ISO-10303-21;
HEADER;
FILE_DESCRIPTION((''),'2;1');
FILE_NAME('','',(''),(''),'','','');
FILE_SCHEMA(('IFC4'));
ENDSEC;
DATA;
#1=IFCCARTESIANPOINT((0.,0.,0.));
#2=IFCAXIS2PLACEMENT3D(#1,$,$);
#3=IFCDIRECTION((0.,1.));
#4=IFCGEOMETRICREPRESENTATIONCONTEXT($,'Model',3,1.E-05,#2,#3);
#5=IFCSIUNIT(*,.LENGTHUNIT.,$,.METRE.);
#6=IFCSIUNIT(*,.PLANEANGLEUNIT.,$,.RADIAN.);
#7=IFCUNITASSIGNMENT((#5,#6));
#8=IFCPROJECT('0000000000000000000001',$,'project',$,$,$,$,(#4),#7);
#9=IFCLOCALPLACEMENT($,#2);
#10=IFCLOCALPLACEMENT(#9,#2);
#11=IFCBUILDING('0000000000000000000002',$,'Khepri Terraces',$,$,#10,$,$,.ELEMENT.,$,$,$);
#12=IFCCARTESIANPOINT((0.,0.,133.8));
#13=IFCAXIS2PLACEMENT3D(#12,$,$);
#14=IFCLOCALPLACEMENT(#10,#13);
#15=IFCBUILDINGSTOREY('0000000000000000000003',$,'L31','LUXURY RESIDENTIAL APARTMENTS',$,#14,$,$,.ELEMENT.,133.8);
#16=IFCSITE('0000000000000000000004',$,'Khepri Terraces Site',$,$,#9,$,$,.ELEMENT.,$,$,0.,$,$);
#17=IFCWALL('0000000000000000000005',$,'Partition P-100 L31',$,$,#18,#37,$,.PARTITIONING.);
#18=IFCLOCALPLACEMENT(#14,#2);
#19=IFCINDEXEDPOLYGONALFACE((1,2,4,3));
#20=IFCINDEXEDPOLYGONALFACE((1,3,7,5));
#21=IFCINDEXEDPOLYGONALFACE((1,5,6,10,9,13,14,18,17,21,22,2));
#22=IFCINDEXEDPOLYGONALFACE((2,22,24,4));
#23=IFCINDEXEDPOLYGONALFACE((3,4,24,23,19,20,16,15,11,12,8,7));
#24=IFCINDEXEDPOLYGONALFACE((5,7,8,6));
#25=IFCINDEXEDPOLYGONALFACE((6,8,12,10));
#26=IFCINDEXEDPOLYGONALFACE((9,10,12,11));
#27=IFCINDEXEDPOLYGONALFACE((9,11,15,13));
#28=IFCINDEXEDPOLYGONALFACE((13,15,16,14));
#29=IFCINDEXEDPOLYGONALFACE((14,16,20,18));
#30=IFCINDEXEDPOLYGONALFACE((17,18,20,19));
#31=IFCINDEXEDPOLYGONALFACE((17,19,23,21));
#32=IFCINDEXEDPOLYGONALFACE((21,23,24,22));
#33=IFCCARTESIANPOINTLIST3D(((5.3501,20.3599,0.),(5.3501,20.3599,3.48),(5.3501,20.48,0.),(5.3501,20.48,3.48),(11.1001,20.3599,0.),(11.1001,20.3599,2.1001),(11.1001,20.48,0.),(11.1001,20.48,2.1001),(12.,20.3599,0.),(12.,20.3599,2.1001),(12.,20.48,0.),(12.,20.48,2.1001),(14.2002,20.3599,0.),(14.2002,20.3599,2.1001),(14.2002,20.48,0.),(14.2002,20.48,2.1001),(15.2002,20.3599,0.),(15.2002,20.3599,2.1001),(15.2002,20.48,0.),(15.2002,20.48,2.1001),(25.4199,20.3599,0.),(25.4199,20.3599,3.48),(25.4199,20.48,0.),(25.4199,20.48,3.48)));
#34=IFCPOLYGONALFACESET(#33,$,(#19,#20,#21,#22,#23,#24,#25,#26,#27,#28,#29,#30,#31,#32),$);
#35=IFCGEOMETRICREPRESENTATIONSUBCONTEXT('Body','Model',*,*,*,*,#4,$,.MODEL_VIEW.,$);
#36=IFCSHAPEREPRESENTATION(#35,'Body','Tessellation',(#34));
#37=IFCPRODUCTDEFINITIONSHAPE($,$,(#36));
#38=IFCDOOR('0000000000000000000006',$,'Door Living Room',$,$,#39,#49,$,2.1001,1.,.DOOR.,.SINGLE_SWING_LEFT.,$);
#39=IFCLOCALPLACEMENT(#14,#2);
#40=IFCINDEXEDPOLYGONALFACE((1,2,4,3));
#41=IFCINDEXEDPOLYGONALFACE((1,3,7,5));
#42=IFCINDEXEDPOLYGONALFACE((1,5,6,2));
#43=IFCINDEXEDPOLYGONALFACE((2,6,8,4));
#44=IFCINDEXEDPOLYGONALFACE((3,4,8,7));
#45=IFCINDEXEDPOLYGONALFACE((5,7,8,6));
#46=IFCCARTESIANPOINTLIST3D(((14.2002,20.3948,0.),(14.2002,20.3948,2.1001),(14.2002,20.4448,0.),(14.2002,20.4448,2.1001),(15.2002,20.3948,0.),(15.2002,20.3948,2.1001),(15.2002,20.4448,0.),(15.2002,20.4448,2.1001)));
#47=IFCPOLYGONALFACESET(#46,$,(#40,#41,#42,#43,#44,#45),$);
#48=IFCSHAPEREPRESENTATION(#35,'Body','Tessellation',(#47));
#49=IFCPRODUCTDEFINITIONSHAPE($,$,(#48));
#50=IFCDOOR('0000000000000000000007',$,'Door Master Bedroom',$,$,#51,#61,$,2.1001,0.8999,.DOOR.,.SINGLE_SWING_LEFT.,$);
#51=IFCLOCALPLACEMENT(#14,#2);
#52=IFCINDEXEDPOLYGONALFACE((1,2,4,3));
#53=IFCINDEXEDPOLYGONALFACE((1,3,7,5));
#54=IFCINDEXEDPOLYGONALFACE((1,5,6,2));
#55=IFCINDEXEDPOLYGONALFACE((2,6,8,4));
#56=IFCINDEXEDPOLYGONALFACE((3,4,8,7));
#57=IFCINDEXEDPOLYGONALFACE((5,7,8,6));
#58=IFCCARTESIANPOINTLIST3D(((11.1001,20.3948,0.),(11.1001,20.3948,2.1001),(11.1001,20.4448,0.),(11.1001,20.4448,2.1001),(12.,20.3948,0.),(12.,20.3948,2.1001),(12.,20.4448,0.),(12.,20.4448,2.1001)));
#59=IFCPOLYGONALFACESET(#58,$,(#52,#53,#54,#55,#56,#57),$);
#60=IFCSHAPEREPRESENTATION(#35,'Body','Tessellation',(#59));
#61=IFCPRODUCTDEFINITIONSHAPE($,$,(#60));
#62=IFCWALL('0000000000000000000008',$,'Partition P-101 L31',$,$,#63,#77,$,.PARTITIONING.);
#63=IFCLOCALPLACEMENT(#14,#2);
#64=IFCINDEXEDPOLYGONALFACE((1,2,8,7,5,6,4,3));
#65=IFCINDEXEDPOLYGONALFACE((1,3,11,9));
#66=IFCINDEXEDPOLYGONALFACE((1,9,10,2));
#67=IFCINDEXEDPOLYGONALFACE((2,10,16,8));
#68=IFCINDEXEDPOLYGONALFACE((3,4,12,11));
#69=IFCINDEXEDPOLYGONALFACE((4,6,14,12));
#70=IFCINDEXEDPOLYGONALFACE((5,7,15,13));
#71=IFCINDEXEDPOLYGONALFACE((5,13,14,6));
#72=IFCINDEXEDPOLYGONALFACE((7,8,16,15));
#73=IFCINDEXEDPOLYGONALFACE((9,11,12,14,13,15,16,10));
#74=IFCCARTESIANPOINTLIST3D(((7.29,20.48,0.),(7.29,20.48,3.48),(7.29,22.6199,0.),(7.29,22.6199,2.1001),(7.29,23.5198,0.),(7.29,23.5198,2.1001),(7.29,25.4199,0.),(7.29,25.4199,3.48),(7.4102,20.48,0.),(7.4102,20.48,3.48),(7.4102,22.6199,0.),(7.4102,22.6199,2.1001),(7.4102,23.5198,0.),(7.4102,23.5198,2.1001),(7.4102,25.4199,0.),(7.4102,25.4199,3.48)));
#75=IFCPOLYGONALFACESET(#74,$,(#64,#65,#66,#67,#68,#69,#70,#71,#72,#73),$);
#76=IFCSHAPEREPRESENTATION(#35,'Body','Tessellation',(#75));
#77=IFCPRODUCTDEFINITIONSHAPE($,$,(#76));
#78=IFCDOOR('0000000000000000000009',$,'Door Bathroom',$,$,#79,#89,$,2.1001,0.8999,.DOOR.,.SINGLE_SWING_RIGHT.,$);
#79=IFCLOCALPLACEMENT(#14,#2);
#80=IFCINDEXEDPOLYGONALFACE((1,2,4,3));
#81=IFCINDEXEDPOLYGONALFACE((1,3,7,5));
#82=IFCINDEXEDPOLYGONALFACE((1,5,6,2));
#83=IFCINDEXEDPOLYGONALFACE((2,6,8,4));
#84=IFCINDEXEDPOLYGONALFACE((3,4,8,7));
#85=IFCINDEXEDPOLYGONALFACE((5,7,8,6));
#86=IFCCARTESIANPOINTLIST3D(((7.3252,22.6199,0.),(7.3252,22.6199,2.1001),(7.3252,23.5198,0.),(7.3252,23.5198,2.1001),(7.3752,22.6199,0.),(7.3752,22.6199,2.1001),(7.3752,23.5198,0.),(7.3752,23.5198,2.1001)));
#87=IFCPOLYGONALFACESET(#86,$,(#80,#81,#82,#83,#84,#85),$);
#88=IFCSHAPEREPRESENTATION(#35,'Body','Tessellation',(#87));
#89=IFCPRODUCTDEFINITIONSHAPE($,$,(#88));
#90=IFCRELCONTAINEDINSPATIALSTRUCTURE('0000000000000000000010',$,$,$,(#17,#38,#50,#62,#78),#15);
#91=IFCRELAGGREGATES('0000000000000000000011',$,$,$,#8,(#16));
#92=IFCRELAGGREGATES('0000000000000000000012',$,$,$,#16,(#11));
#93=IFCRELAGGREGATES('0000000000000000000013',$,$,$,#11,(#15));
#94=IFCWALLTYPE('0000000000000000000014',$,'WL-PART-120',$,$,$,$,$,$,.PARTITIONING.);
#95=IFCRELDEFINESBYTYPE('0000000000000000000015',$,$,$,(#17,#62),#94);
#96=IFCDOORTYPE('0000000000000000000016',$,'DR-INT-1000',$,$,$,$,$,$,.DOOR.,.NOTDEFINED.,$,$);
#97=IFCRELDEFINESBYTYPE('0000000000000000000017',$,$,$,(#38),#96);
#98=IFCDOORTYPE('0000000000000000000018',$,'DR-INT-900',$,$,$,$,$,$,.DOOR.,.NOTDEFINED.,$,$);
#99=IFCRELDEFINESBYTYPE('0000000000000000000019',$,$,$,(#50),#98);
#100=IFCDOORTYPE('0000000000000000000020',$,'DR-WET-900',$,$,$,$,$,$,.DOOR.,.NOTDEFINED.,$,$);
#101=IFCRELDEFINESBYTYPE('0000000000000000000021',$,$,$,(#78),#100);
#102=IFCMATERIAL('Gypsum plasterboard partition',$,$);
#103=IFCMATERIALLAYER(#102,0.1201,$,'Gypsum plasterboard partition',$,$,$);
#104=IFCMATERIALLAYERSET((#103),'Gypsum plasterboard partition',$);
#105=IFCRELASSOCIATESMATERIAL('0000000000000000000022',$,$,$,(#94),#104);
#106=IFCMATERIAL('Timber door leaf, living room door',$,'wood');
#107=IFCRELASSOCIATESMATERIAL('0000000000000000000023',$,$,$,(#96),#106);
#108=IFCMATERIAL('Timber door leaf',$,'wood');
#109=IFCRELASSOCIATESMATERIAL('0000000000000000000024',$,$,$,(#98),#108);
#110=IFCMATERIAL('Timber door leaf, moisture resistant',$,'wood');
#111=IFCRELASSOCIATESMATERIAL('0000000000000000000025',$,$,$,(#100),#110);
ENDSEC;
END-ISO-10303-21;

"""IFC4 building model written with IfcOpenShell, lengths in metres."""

from ifc_helpers import new_model, si_unit, direction, frame, frame_2d, origin, place, context, subcontext, project, spatial, rectangle, extrude, material, layer, layer_set, type_object, element, fill, save


model = new_model("IFC4")

# Units and contexts
model_context = context("Model", 3, precision=1e-05, world=origin(), true_north=direction((0.0, 1.0)))
body_context = subcontext(model_context, "Body", "Model", "MODEL_VIEW")
ifc_project = project(units=[si_unit("LENGTHUNIT", "METRE"), si_unit("PLANEANGLEUNIT", "RADIAN")], contexts=[model_context])

# Site, building, storey
site_placement = place(None, origin())
site = spatial("IfcSite", under=ifc_project, at=site_placement, Name="Khepri Terraces Site", CompositionType="ELEMENT", RefElevation=0.0)
building_placement = place(site_placement, origin())
building = spatial("IfcBuilding", under=site, at=building_placement, Name="Khepri Terraces", CompositionType="ELEMENT")
storey_placement = place(building_placement, frame((0.0, 0.0, 133.8)))
storey = spatial("IfcBuildingStorey", under=building, at=storey_placement, Name="L31", Description="LUXURY RESIDENTIAL APARTMENTS", CompositionType="ELEMENT", Elevation=133.8)

# Shared definitions
ifc_material_1 = material(Name="Gypsum plasterboard partition")
ifc_layer_1 = layer(ifc_material_1, 0.1201, Name="Gypsum plasterboard partition")
ifc_layer_set_1 = layer_set([ifc_layer_1], Name="Gypsum plasterboard partition")
wall_type_1 = type_object("IfcWallType", Name="WL-PART-120", PredefinedType="PARTITIONING", material=ifc_layer_set_1)
ifc_material_2 = material(Name="Timber door leaf, living room door", Category="wood")
door_type_1 = type_object("IfcDoorType", Name="DR-INT-1000", OperationType="NOTDEFINED", PredefinedType="DOOR", material=ifc_material_2)

# Shared definitions
ifc_material_3 = material(Name="Timber door leaf", Category="wood")
door_type_2 = type_object("IfcDoorType", Name="DR-INT-900", OperationType="NOTDEFINED", PredefinedType="DOOR", material=ifc_material_3)

# Wall, openings, doors
wall_1_placement = place(storey_placement, frame((5.3501, 20.4199, 0.0), z_axis=(0.0, 0.0, 1.0), x_axis=(1.0, 0.0, 0.0)))
wall_1 = element("IfcWall", 1, at=wall_1_placement, inside=storey, type_object=wall_type_1, Name="Partition P-100 L31", PredefinedType="PARTITIONING", context=body_context, shape_type="SweptSolid", body=[
    extrude(rectangle(XDim=20.0698, YDim=0.1201, at=frame_2d((10.0349, 0.0))), origin(), (0.0, 0.0, 1.0), 3.48),
])
opening_1_placement = place(wall_1_placement, frame((8.8501, 0.0, 0.0)))
opening_1 = element("IfcOpeningElement", 2, at=opening_1_placement, cuts=wall_1, PredefinedType="OPENING", context=body_context, shape_type="SweptSolid", body=[
    extrude(rectangle(XDim=1.0, YDim=2.1001, at=frame_2d((0.5, 1.05))), frame((0.0, 0.0701, 0.0), z_axis=(0.0, -1.0, 0.0), x_axis=(1.0, 0.0, 0.0)), (0.0, 0.0, 1.0), 0.1401),
])
opening_2_placement = place(wall_1_placement, frame((5.75, 0.0, 0.0)))
opening_2 = element("IfcOpeningElement", 3, at=opening_2_placement, cuts=wall_1, PredefinedType="OPENING", context=body_context, shape_type="SweptSolid", body=[
    extrude(rectangle(XDim=0.8999, YDim=2.1001, at=frame_2d((0.45, 1.05))), frame((0.0, 0.0701, 0.0), z_axis=(0.0, -1.0, 0.0), x_axis=(1.0, 0.0, 0.0)), (0.0, 0.0, 1.0), 0.1401),
])
door_1_placement = place(opening_1_placement, origin())
door_1 = element("IfcDoor", 4, at=door_1_placement, inside=storey, type_object=door_type_1, Name="Door Living Room", OperationType="SINGLE_SWING_LEFT", OverallHeight=2.1001, OverallWidth=1.0, PredefinedType="DOOR", context=body_context, shape_type="SweptSolid", body=[
    extrude(rectangle(XDim=1.0, YDim=2.1001, at=frame_2d((0.5, 1.05))), frame((0.0, 0.0249, 0.0), z_axis=(0.0, -1.0, 0.0), x_axis=(1.0, 0.0, 0.0)), (0.0, 0.0, 1.0), 0.05),
])
fill(opening_1, door_1)
door_2_placement = place(opening_2_placement, origin())
door_2 = element("IfcDoor", 5, at=door_2_placement, inside=storey, type_object=door_type_2, Name="Door Master Bedroom", OperationType="SINGLE_SWING_LEFT", OverallHeight=2.1001, OverallWidth=0.8999, PredefinedType="DOOR", context=body_context, shape_type="SweptSolid", body=[
    extrude(rectangle(XDim=0.8999, YDim=2.1001, at=frame_2d((0.45, 1.05))), frame((0.0, 0.0249, 0.0), z_axis=(0.0, -1.0, 0.0), x_axis=(1.0, 0.0, 0.0)), (0.0, 0.0, 1.0), 0.05),
])
fill(opening_2, door_2)

# Wall, opening, door
wall_2_placement = place(storey_placement, frame((7.3501, 20.48, 0.0), z_axis=(0.0, 0.0, 1.0), x_axis=(0.0, 1.0, 0.0)))
wall_2 = element("IfcWall", 6, at=wall_2_placement, inside=storey, type_object=wall_type_1, Name="Partition P-101 L31", PredefinedType="PARTITIONING", context=body_context, shape_type="SweptSolid", body=[
    extrude(rectangle(XDim=4.9399, YDim=0.1201, at=frame_2d((2.47, 0.0))), origin(), (0.0, 0.0, 1.0), 3.48),
])
opening_3_placement = place(wall_2_placement, frame((2.1399, 0.0, 0.0)))
opening_3 = element("IfcOpeningElement", 7, at=opening_3_placement, cuts=wall_2, PredefinedType="OPENING", context=body_context, shape_type="SweptSolid", body=[
    extrude(rectangle(XDim=0.8999, YDim=2.1001, at=frame_2d((0.45, 1.05))), frame((0.0, 0.0701, 0.0), z_axis=(0.0, -1.0, 0.0), x_axis=(1.0, 0.0, 0.0)), (0.0, 0.0, 1.0), 0.1401),
])
ifc_material_4 = material(Name="Timber door leaf, moisture resistant", Category="wood")
door_type_3 = type_object("IfcDoorType", Name="DR-WET-900", OperationType="NOTDEFINED", PredefinedType="DOOR", material=ifc_material_4)
door_3_placement = place(opening_3_placement, origin())
door_3 = element("IfcDoor", 8, at=door_3_placement, inside=storey, type_object=door_type_3, Name="Door Bathroom", OperationType="SINGLE_SWING_RIGHT", OverallHeight=2.1001, OverallWidth=0.8999, PredefinedType="DOOR", context=body_context, shape_type="SweptSolid", body=[
    extrude(rectangle(XDim=0.8999, YDim=2.1001, at=frame_2d((0.45, 1.05))), frame((0.0, 0.0249, 0.0), z_axis=(0.0, -1.0, 0.0), x_axis=(1.0, 0.0, 0.0)), (0.0, 0.0, 1.0), 0.05),
])
fill(opening_3, door_3)

save(model, "model.ifc")
